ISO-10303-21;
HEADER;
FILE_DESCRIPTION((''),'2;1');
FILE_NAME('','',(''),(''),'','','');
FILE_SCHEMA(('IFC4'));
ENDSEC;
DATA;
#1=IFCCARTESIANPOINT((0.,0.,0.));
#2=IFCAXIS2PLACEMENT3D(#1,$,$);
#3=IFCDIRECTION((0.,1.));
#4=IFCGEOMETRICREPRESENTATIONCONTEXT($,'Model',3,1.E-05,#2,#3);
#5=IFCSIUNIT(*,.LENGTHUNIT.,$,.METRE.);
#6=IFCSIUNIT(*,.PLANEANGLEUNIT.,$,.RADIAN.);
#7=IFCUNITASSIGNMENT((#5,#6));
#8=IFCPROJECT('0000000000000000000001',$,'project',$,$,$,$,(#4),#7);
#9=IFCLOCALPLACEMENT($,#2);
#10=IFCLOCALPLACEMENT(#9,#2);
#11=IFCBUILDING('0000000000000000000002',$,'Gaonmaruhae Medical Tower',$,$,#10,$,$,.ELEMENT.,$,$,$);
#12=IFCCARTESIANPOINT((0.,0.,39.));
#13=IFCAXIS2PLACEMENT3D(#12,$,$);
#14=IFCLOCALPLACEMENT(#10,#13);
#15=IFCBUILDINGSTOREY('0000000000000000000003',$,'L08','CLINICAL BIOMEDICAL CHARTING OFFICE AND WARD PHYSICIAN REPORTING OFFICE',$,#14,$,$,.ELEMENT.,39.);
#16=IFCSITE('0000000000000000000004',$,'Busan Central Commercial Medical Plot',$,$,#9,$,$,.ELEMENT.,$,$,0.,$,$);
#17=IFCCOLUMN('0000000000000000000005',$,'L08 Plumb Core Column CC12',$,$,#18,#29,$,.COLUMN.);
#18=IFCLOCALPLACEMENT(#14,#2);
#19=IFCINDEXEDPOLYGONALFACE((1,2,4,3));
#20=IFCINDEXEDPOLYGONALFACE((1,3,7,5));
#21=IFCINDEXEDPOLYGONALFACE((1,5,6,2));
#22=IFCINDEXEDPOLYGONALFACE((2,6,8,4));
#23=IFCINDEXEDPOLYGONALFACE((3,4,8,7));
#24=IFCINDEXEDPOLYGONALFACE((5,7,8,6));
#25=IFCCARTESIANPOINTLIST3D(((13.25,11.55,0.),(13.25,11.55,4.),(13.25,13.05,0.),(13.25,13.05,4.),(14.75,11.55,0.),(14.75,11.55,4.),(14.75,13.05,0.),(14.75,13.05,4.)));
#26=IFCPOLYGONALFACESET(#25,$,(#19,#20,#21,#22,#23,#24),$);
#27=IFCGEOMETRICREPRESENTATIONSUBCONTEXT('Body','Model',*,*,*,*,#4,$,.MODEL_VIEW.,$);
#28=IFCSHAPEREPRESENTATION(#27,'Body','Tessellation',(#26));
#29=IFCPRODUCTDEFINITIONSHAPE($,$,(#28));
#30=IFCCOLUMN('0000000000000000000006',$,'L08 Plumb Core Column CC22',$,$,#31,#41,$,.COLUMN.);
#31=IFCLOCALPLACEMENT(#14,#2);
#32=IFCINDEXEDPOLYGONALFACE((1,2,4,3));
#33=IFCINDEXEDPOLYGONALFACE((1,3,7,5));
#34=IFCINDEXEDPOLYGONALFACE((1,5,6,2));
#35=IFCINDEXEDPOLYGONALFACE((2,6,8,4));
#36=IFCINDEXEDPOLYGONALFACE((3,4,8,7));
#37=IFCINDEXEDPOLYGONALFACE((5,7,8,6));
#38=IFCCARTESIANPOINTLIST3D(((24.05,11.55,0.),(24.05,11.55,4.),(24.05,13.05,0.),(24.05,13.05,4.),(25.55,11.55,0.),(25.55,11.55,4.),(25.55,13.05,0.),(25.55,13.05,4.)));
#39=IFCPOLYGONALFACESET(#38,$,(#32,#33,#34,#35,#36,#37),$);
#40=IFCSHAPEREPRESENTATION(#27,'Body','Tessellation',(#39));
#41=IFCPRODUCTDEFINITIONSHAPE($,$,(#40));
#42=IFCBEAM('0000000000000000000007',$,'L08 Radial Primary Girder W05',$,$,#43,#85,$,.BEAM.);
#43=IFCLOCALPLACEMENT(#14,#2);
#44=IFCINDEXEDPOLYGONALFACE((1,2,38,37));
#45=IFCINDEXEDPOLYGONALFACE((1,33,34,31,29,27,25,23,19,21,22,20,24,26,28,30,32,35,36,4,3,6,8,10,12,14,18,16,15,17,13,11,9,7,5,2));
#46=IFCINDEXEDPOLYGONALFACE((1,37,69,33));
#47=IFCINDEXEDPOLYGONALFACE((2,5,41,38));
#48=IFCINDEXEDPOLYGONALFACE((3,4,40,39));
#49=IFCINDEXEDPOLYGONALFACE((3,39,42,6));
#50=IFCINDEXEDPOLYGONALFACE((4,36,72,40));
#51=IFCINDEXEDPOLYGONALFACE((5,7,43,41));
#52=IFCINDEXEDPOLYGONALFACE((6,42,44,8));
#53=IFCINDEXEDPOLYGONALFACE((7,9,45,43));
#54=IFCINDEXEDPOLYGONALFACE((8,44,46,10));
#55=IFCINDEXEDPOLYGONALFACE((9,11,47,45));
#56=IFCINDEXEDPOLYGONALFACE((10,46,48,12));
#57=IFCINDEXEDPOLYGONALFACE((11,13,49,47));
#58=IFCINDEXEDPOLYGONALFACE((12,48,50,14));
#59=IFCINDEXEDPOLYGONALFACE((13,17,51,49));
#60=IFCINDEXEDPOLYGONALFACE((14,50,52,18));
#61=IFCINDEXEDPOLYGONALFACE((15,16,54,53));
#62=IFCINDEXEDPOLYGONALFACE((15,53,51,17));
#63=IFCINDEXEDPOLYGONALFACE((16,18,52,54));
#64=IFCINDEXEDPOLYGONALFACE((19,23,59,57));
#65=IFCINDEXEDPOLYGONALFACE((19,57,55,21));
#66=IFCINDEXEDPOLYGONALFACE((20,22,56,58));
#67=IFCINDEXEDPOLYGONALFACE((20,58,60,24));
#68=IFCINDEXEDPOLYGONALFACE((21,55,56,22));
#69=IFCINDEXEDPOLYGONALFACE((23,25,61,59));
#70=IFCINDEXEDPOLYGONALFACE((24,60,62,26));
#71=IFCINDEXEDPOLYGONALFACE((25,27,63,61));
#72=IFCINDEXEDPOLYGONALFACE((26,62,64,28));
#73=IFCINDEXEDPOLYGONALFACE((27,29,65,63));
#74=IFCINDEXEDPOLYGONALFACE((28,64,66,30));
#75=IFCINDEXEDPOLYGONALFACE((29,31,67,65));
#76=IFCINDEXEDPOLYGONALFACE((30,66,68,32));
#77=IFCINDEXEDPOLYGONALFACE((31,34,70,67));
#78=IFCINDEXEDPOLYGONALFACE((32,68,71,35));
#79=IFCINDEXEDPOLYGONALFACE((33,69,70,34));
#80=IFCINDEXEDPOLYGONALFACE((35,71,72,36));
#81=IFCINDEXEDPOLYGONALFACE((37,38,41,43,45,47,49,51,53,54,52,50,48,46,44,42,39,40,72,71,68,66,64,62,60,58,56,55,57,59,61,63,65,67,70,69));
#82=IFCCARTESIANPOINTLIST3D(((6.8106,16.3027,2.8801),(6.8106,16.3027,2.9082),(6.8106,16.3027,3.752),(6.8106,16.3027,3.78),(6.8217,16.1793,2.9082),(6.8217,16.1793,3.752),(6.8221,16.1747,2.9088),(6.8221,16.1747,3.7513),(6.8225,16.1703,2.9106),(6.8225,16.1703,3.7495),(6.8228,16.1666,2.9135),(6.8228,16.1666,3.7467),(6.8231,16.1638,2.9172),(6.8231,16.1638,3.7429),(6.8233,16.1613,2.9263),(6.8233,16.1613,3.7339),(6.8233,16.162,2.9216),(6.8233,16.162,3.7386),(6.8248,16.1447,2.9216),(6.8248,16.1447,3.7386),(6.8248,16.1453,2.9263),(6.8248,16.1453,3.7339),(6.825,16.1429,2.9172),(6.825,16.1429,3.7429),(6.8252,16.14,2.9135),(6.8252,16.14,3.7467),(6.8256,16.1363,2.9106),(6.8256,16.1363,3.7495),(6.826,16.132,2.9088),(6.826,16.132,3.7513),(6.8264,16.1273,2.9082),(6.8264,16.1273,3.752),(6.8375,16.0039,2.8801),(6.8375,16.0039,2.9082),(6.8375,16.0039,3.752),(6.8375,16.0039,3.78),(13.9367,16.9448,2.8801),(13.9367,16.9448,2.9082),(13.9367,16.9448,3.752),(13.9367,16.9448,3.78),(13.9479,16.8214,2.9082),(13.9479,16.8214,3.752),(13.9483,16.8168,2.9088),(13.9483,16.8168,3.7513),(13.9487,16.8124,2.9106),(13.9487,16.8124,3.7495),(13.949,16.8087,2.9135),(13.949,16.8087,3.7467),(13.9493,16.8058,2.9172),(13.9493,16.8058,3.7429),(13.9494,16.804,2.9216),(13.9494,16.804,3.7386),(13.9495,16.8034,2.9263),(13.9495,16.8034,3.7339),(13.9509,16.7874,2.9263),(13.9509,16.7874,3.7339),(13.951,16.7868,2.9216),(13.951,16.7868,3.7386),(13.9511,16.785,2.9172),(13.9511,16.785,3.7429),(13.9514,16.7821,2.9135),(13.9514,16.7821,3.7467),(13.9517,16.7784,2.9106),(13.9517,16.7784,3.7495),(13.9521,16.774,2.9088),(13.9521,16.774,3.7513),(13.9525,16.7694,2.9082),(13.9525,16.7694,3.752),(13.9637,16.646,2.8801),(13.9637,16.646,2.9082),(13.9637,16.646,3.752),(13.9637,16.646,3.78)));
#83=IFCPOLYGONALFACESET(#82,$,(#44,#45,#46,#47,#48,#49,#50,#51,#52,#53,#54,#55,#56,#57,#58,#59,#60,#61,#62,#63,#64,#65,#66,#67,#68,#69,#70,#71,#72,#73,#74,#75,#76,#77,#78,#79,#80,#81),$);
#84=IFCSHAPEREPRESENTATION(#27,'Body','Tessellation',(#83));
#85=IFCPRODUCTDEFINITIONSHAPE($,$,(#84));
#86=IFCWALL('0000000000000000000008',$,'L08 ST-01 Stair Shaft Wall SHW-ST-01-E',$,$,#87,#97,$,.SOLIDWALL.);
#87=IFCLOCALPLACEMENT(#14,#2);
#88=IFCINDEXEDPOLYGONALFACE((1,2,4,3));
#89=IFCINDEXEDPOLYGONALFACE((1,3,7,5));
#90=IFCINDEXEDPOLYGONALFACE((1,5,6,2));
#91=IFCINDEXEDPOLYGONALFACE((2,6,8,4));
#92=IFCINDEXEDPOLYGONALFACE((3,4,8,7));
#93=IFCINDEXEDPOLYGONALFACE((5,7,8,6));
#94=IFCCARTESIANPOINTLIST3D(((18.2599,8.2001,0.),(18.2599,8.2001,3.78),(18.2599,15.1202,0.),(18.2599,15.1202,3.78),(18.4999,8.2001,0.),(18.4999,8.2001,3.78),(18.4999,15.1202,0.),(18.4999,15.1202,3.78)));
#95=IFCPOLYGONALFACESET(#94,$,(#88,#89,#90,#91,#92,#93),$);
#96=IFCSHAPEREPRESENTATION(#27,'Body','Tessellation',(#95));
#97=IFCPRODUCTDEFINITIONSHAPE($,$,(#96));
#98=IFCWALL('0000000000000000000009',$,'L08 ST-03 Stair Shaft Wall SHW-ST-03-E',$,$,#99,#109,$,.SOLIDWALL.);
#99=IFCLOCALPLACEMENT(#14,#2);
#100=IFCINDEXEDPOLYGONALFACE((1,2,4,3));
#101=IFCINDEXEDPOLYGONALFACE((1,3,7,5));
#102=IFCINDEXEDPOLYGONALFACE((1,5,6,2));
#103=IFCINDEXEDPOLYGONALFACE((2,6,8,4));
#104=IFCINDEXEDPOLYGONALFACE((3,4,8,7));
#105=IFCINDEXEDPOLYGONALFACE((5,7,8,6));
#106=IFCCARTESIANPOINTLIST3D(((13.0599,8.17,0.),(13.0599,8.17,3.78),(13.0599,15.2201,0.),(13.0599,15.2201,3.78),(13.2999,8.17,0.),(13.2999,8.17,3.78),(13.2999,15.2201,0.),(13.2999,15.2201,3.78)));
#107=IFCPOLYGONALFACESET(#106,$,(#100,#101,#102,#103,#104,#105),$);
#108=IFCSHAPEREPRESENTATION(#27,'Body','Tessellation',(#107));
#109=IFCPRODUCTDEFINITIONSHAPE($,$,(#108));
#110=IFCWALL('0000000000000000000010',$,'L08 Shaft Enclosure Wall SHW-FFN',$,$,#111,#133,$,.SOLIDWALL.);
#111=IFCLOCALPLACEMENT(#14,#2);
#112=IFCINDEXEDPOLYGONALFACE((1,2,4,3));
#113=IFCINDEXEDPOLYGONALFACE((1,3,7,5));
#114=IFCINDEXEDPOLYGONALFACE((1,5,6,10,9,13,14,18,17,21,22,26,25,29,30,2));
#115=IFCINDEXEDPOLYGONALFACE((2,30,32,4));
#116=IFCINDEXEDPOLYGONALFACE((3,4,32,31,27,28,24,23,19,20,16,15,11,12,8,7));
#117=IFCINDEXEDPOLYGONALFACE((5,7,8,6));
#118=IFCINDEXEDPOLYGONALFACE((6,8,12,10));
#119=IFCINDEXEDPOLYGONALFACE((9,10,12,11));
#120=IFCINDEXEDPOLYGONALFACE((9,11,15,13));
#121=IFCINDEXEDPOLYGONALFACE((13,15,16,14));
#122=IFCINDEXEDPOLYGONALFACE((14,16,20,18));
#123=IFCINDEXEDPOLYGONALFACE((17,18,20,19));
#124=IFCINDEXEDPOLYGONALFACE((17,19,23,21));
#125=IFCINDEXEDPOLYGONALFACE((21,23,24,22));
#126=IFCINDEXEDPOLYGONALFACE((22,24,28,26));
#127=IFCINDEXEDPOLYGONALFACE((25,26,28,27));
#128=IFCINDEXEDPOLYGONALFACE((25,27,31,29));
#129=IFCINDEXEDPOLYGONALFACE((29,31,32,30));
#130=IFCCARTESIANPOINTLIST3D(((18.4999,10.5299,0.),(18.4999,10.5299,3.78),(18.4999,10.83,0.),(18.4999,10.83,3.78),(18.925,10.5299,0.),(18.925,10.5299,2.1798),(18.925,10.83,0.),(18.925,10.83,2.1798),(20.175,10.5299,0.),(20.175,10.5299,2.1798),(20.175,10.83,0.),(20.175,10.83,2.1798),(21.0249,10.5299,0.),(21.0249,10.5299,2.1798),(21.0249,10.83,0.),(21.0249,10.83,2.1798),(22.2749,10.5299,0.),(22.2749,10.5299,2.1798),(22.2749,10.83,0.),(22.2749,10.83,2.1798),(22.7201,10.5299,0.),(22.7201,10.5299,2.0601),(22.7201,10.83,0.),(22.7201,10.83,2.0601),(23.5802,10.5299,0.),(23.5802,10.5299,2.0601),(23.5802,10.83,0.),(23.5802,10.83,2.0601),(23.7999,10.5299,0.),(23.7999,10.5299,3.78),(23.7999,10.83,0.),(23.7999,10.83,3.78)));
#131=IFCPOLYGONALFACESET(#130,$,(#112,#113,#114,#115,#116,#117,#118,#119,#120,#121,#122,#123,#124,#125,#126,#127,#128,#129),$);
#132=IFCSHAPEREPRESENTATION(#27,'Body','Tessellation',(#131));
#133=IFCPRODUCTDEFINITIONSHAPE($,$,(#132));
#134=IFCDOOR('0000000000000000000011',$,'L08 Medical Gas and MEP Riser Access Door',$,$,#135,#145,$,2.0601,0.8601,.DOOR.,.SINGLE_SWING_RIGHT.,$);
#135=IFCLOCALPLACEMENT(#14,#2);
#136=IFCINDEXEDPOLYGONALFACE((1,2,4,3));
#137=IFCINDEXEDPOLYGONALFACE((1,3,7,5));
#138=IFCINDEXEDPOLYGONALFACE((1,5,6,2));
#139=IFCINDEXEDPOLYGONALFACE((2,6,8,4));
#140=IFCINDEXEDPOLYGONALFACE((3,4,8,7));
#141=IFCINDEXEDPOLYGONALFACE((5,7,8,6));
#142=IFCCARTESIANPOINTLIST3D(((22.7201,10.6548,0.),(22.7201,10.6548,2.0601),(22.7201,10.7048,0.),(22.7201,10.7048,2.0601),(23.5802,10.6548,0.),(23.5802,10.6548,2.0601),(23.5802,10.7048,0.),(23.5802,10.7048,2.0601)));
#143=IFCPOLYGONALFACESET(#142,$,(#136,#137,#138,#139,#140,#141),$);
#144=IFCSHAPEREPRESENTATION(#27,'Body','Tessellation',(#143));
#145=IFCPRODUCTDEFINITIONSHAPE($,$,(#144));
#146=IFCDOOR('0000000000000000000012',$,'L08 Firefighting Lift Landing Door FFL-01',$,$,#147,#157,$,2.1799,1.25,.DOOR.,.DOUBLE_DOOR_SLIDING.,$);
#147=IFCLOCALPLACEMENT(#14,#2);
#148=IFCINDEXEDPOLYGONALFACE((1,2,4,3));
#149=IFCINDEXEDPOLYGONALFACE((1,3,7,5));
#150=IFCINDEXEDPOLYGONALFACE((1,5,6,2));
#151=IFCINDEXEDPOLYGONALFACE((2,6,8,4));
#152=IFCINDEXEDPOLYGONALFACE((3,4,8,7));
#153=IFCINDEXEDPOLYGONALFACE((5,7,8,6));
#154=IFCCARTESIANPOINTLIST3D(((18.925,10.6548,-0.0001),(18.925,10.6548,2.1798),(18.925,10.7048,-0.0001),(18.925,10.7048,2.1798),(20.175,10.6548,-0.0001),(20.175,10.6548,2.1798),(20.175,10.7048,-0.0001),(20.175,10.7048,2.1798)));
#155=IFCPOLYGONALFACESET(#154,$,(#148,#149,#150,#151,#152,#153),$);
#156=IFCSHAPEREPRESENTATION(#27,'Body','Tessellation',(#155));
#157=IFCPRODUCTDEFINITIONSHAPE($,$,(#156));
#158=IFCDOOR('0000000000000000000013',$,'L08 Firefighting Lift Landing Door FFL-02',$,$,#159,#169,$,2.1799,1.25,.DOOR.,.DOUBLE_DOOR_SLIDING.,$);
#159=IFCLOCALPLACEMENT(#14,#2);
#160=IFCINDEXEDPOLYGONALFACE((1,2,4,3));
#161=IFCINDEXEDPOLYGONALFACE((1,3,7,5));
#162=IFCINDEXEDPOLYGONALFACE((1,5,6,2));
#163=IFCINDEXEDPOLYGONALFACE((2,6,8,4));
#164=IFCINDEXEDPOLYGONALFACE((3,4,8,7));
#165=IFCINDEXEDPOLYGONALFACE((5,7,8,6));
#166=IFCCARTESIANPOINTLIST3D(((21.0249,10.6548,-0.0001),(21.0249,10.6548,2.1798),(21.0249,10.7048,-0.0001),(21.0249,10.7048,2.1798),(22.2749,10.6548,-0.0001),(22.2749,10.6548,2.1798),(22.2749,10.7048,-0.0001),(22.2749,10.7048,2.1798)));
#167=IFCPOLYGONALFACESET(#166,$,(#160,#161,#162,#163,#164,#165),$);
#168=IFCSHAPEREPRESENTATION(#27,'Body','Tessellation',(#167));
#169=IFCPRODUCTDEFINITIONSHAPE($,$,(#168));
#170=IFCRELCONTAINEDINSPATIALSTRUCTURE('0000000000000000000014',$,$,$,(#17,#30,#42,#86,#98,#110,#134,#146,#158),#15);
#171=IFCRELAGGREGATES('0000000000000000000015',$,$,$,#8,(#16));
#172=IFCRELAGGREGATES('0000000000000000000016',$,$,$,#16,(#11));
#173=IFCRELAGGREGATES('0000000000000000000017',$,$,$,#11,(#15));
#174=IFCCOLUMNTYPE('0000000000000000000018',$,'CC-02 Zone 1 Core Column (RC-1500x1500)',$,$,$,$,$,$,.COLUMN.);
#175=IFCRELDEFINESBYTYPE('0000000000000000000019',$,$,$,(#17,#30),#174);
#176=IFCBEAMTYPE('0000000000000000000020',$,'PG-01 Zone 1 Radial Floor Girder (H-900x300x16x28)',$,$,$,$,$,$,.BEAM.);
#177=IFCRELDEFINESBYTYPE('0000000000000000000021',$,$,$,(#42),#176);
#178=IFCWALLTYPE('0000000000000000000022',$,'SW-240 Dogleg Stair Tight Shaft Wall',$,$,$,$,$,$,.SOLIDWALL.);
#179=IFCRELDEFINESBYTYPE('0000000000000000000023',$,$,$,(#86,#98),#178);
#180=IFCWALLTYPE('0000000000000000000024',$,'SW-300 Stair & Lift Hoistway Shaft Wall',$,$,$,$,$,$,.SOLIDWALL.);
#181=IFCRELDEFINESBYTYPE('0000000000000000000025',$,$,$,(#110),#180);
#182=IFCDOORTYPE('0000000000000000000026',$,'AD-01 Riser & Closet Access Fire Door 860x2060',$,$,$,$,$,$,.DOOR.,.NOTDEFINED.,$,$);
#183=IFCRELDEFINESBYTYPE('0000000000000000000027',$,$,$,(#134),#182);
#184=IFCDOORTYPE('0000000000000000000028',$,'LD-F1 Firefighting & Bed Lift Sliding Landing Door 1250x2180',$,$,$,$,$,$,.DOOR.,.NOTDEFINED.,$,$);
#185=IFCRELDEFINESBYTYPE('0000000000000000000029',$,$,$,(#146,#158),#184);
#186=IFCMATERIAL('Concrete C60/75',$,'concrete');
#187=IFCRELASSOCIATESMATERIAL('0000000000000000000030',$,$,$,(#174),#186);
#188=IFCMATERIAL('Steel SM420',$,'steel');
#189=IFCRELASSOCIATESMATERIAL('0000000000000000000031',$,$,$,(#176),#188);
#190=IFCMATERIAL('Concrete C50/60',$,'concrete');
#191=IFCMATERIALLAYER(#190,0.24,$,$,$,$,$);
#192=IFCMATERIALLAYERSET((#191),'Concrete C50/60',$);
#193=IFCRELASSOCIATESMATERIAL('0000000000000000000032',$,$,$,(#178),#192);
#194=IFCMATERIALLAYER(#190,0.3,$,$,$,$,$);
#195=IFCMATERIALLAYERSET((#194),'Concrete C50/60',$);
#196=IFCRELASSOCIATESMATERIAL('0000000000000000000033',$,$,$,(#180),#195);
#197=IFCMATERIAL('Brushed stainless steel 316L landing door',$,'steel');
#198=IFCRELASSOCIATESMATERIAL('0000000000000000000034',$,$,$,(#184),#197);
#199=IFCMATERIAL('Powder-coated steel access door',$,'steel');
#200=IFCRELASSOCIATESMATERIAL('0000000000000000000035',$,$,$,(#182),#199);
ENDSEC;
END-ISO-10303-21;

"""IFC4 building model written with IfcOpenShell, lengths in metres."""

from ifc_helpers import new_model, si_unit, direction, frame, frame_2d, origin, origin_2d, place, context, subcontext, project, spatial, rectangle, i_section, extrude, material, layer, layer_set, material_profile, profile_set, type_object, element, fill, save


model = new_model("IFC4")

# Units and contexts
model_context = context("Model", 3, precision=1e-05, world=origin(), true_north=direction((0.0, 1.0)))
body_context = subcontext(model_context, "Body", "Model", "MODEL_VIEW")
ifc_project = project(units=[si_unit("LENGTHUNIT", "METRE"), si_unit("PLANEANGLEUNIT", "RADIAN")], contexts=[model_context])

# Site, building, storey
site_placement = place(None, origin())
site = spatial("IfcSite", under=ifc_project, at=site_placement, Name="Busan Central Commercial Medical Plot", CompositionType="ELEMENT", RefElevation=0.0)
building_placement = place(site_placement, origin())
building = spatial("IfcBuilding", under=site, at=building_placement, Name="Gaonmaruhae Medical Tower", CompositionType="ELEMENT")
storey_placement = place(building_placement, frame((0.0, 0.0, 39.0)))
storey = spatial("IfcBuildingStorey", under=building, at=storey_placement, Name="L08", Description="CLINICAL BIOMEDICAL CHARTING OFFICE AND WARD PHYSICIAN REPORTING OFFICE", CompositionType="ELEMENT", Elevation=39.0)

# Columns
ifc_material_1 = material(Name="Concrete C60/75", Category="concrete")
ifc_material_profile_1 = material_profile(ifc_material_1, rectangle(XDim=1.5, YDim=1.5, at=origin_2d()), Name="RC-1500x1500")
ifc_profile_set_1 = profile_set([ifc_material_profile_1], Name="Concrete C60/75")
column_type = type_object("IfcColumnType", Name="CC-02 Zone 1 Core Column (RC-1500x1500)", PredefinedType="COLUMN", material=ifc_profile_set_1)
for number, where, z_axis, x_axis, name in (
    (1, (14.0, 12.3, 0.0), (0.0, 0.0, 1.0), (1.0, 0.0, 0.0), "L08 Plumb Core Column CC12"),
    (2, (24.8, 12.3, 0.0), (0.0, 0.0, 1.0), (1.0, 0.0, 0.0), "L08 Plumb Core Column CC22"),
):
    element("IfcColumn", number, at=place(storey_placement, frame(where, z_axis=z_axis, x_axis=x_axis)), inside=storey, type_object=column_type, Name=name, PredefinedType="COLUMN", context=body_context, shape_type="SweptSolid", body=[
        extrude(rectangle(XDim=1.5, YDim=1.5, at=origin_2d()), origin(), (0.0, 0.0, 1.0), 4.0),
    ])

# Beam
ifc_material_2 = material(Name="Steel SM420", Category="steel")
ifc_material_profile_2 = material_profile(ifc_material_2, i_section(OverallWidth=0.3, OverallDepth=0.8999, WebThickness=0.0161, FlangeThickness=0.0281, FilletRadius=0.0181, at=origin_2d()), Name="H-900x300x16x28")
ifc_profile_set_2 = profile_set([ifc_material_profile_2], Name="Steel SM420")
beam_type = type_object("IfcBeamType", Name="PG-01 Zone 1 Radial Floor Girder (H-900x300x16x28)", PredefinedType="BEAM", material=ifc_profile_set_2)
beam_placement = place(storey_placement, frame((13.9502, 16.7954, 3.3301), z_axis=(-0.995965, -0.089739, 0.0), x_axis=(0.089739, -0.995965, 0.0)))
element("IfcBeam", 3, at=beam_placement, inside=storey, type_object=beam_type, Name="L08 Radial Primary Girder W05", PredefinedType="BEAM", context=body_context, shape_type="SweptSolid", body=[
    extrude(i_section(OverallWidth=0.3, OverallDepth=0.8999, WebThickness=0.0161, FlangeThickness=0.0281, FilletRadius=0.0181, at=origin_2d()), origin(), (0.0, 0.0, 1.0), 7.155),
])

# Shared definitions
ifc_material_3 = material(Name="Concrete C50/60", Category="concrete")
ifc_layer_1 = layer(ifc_material_3, 0.24)
ifc_layer_set_1 = layer_set([ifc_layer_1], Name="Concrete C50/60")
wall_type_1 = type_object("IfcWallType", Name="SW-240 Dogleg Stair Tight Shaft Wall", PredefinedType="SOLIDWALL", material=ifc_layer_set_1)

# Walls
wall_1_placement = place(storey_placement, frame((18.3799, 15.1201, 0.0), z_axis=(0.0, 0.0, 1.0), x_axis=(0.0, -1.0, 0.0)))
element("IfcWall", 4, at=wall_1_placement, inside=storey, type_object=wall_type_1, Name="L08 ST-01 Stair Shaft Wall SHW-ST-01-E", PredefinedType="SOLIDWALL", context=body_context, shape_type="SweptSolid", body=[
    extrude(rectangle(XDim=6.9202, YDim=0.24, at=frame_2d((3.46, 0.0))), origin(), (0.0, 0.0, 1.0), 3.78),
])
wall_2_placement = place(storey_placement, frame((13.1799, 15.22, 0.0), z_axis=(0.0, 0.0, 1.0), x_axis=(0.0, -1.0, 0.0)))
element("IfcWall", 5, at=wall_2_placement, inside=storey, type_object=wall_type_1, Name="L08 ST-03 Stair Shaft Wall SHW-ST-03-E", PredefinedType="SOLIDWALL", context=body_context, shape_type="SweptSolid", body=[
    extrude(rectangle(XDim=7.05, YDim=0.24, at=frame_2d((3.5249, 0.0))), origin(), (0.0, 0.0, 1.0), 3.78),
])

# Wall, openings, doors
ifc_layer_2 = layer(ifc_material_3, 0.3)
ifc_layer_set_2 = layer_set([ifc_layer_2], Name="Concrete C50/60")
wall_type_2 = type_object("IfcWallType", Name="SW-300 Stair & Lift Hoistway Shaft Wall", PredefinedType="SOLIDWALL", material=ifc_layer_set_2)
ifc_material_4 = material(Name="Brushed stainless steel 316L landing door", Category="steel")
door_type_1 = type_object("IfcDoorType", Name="LD-F1 Firefighting & Bed Lift Sliding Landing Door 1250x2180", OperationType="NOTDEFINED", PredefinedType="DOOR", material=ifc_material_4)
wall_3_placement = place(storey_placement, frame((18.5, 10.6799, 0.0), z_axis=(0.0, 0.0, 1.0), x_axis=(1.0, 0.0, 0.0)))
wall_3 = element("IfcWall", 6, at=wall_3_placement, inside=storey, type_object=wall_type_2, Name="L08 Shaft Enclosure Wall SHW-FFN", PredefinedType="SOLIDWALL", context=body_context, shape_type="SweptSolid", body=[
    extrude(rectangle(XDim=5.3, YDim=0.3, at=frame_2d((2.6499, 0.0))), origin(), (0.0, 0.0, 1.0), 3.78),
])
opening_1_placement = place(wall_3_placement, frame((4.22, 0.0, 0.0)))
opening_1 = element("IfcOpeningElement", 7, at=opening_1_placement, cuts=wall_3, PredefinedType="OPENING", context=body_context, shape_type="SweptSolid", body=[
    extrude(rectangle(XDim=0.8601, YDim=2.0601, at=frame_2d((0.4302, 1.03))), frame((0.0, 0.1602, 0.0), z_axis=(0.0, -1.0, 0.0), x_axis=(1.0, 0.0, 0.0)), (0.0, 0.0, 1.0), 0.3201),
])
opening_2_placement = place(wall_3_placement, frame((0.425, 0.0, 0.0)))
opening_2 = element("IfcOpeningElement", 8, at=opening_2_placement, cuts=wall_3, PredefinedType="OPENING", context=body_context, shape_type="SweptSolid", body=[
    extrude(rectangle(XDim=1.25, YDim=2.1799, at=frame_2d((0.625, 1.0898))), frame((0.0, 0.1602, 0.0), z_axis=(0.0, -1.0, 0.0), x_axis=(1.0, 0.0, 0.0)), (0.0, 0.0, 1.0), 0.3201),
])
opening_3_placement = place(wall_3_placement, frame((2.5249, 0.0, 0.0)))
opening_3 = element("IfcOpeningElement", 9, at=opening_3_placement, cuts=wall_3, PredefinedType="OPENING", context=body_context, shape_type="SweptSolid", body=[
    extrude(rectangle(XDim=1.25, YDim=2.1799, at=frame_2d((0.625, 1.0898))), frame((0.0, 0.1602, 0.0), z_axis=(0.0, -1.0, 0.0), x_axis=(1.0, 0.0, 0.0)), (0.0, 0.0, 1.0), 0.3201),
])
ifc_material_5 = material(Name="Powder-coated steel access door", Category="steel")
door_type_2 = type_object("IfcDoorType", Name="AD-01 Riser & Closet Access Fire Door 860x2060", OperationType="NOTDEFINED", PredefinedType="DOOR", material=ifc_material_5)
door_1_placement = place(opening_1_placement, origin())
door_1 = element("IfcDoor", 10, at=door_1_placement, inside=storey, type_object=door_type_2, Name="L08 Medical Gas and MEP Riser Access Door", OperationType="SINGLE_SWING_RIGHT", OverallHeight=2.0601, OverallWidth=0.8601, PredefinedType="DOOR", context=body_context, shape_type="SweptSolid", body=[
    extrude(rectangle(XDim=0.8601, YDim=2.0601, at=frame_2d((0.4302, 1.03))), frame((0.0, 0.0249, 0.0), z_axis=(0.0, -1.0, 0.0), x_axis=(1.0, 0.0, 0.0)), (0.0, 0.0, 1.0), 0.05),
])
fill(opening_1, door_1)
door_2_placement = place(opening_2_placement, origin())
door_2 = element("IfcDoor", 11, at=door_2_placement, inside=storey, type_object=door_type_1, Name="L08 Firefighting Lift Landing Door FFL-01", OperationType="DOUBLE_DOOR_SLIDING", OverallHeight=2.1799, OverallWidth=1.25, PredefinedType="DOOR", context=body_context, shape_type="SweptSolid", body=[
    extrude(rectangle(XDim=1.25, YDim=2.1799, at=frame_2d((0.625, 1.0898))), frame((0.0, 0.0249, 0.0), z_axis=(0.0, -1.0, 0.0), x_axis=(1.0, 0.0, 0.0)), (0.0, 0.0, 1.0), 0.05),
])
fill(opening_2, door_2)
door_3_placement = place(opening_3_placement, origin())
door_3 = element("IfcDoor", 12, at=door_3_placement, inside=storey, type_object=door_type_1, Name="L08 Firefighting Lift Landing Door FFL-02", OperationType="DOUBLE_DOOR_SLIDING", OverallHeight=2.1799, OverallWidth=1.25, PredefinedType="DOOR", context=body_context, shape_type="SweptSolid", body=[
    extrude(rectangle(XDim=1.25, YDim=2.1799, at=frame_2d((0.625, 1.0898))), frame((0.0, 0.0249, 0.0), z_axis=(0.0, -1.0, 0.0), x_axis=(1.0, 0.0, 0.0)), (0.0, 0.0, 1.0), 0.05),
])
fill(opening_3, door_3)

save(model, "model.ifc")
